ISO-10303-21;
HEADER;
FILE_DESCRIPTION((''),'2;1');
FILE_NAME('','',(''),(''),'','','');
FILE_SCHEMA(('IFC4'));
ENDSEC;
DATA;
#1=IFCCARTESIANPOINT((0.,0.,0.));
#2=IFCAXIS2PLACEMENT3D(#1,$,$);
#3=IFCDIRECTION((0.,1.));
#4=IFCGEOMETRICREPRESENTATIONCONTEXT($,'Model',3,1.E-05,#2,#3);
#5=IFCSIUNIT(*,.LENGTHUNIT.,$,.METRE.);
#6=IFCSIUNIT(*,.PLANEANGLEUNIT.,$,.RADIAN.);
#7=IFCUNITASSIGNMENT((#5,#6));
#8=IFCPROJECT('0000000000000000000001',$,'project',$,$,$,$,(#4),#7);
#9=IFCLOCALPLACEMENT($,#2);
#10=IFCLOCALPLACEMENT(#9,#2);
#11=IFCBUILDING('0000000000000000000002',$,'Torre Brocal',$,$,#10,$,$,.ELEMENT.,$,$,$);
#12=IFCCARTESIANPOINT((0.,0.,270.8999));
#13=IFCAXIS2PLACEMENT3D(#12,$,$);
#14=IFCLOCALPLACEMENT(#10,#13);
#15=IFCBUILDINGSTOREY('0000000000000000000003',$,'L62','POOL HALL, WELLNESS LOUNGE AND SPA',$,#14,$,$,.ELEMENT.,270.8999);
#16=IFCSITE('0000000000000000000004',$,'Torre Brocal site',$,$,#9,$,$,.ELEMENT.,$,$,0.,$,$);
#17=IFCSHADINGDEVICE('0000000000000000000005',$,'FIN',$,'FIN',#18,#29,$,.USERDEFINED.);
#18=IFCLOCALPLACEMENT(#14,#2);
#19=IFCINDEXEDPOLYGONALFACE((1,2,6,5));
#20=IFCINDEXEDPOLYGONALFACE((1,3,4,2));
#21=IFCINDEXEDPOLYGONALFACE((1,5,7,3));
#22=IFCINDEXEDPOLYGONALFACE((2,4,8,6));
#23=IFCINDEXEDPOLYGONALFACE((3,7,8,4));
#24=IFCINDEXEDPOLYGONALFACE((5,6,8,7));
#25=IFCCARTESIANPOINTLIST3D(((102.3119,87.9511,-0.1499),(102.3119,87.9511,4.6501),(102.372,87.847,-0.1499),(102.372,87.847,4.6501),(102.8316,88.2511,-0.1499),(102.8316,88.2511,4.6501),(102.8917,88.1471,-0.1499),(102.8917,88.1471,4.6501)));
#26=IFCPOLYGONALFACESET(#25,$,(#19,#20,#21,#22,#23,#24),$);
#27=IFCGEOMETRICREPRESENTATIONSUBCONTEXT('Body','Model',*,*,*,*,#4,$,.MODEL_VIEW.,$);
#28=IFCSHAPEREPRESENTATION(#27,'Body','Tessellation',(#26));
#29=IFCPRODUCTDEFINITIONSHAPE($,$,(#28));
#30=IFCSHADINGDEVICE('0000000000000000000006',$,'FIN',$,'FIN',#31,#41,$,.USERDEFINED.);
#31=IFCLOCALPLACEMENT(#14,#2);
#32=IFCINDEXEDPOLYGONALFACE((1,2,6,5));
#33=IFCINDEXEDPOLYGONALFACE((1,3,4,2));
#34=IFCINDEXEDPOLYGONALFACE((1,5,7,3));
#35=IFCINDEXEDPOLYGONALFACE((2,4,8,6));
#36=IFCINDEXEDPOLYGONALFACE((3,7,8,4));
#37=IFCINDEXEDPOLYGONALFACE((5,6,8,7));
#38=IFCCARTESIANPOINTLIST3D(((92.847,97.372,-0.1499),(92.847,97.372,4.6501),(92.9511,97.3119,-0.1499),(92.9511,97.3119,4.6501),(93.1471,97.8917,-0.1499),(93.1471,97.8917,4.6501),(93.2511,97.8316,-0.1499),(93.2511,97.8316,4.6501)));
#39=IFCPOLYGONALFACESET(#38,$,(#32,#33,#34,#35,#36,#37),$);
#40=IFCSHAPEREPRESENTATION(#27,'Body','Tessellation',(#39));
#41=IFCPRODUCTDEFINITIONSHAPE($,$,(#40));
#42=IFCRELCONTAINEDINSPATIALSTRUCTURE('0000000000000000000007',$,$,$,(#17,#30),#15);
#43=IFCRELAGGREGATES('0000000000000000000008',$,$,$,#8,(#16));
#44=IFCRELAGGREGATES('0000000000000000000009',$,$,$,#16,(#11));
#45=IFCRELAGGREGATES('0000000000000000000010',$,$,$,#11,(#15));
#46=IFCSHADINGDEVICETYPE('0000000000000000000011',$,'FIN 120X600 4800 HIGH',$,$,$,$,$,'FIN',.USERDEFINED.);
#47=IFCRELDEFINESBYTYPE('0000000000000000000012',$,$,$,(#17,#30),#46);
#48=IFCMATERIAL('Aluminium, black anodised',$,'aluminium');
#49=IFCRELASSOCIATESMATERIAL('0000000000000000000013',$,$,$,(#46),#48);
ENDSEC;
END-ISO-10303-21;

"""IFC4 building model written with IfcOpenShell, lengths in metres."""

from ifc_helpers import new_model, si_unit, direction, frame, origin, origin_2d, place, context, subcontext, project, spatial, rectangle, extrude, material, material_profile, profile_set, type_object, element, save


model = new_model("IFC4")

# Units and contexts
model_context = context("Model", 3, precision=1e-05, world=origin(), true_north=direction((0.0, 1.0)))
body_context = subcontext(model_context, "Body", "Model", "MODEL_VIEW")
ifc_project = project(units=[si_unit("LENGTHUNIT", "METRE"), si_unit("PLANEANGLEUNIT", "RADIAN")], contexts=[model_context])

# Site, building, storey
site_placement = place(None, origin())
site = spatial("IfcSite", under=ifc_project, at=site_placement, Name="Torre Brocal site", CompositionType="ELEMENT", RefElevation=0.0)
building_placement = place(site_placement, origin())
building = spatial("IfcBuilding", under=site, at=building_placement, Name="Torre Brocal", CompositionType="ELEMENT")
storey_placement = place(building_placement, frame((0.0, 0.0, 270.8999)))
storey = spatial("IfcBuildingStorey", under=building, at=storey_placement, Name="L62", Description="POOL HALL, WELLNESS LOUNGE AND SPA", CompositionType="ELEMENT", Elevation=270.8999)

# Shading devices
ifc_material_1 = material(Name="Aluminium, black anodised", Category="aluminium")
ifc_material_profile_1 = material_profile(ifc_material_1, rectangle(XDim=0.1201, YDim=0.6001, at=origin_2d()), Name="FIN 120X600 4800 HIGH")
ifc_profile_set_1 = profile_set([ifc_material_profile_1], Name="Aluminium, black anodised")
shading_device_type = type_object("IfcShadingDeviceType", Name="FIN 120X600 4800 HIGH", ElementType="FIN", PredefinedType="USERDEFINED", material=ifc_profile_set_1)
for number, where, z_axis, x_axis, name in (
    (1, (102.6018, 88.0491, -0.1499), (0.0, 0.0, 1.0), (-0.5, 0.866025, 0.0), "FIN"),
    (2, (93.0491, 97.6018, -0.1499), (0.0, 0.0, 1.0), (-0.866025, 0.5, 0.0), "FIN"),
):
    element("IfcShadingDevice", number, at=place(storey_placement, frame(where, z_axis=z_axis, x_axis=x_axis)), inside=storey, type_object=shading_device_type, Name=name, ObjectType="FIN", PredefinedType="USERDEFINED", context=body_context, shape_type="SweptSolid", body=[
        extrude(rectangle(XDim=0.1201, YDim=0.6001, at=origin_2d()), origin(), (0.0, 0.0, 1.0), 4.8),
    ])

save(model, "model.ifc")
